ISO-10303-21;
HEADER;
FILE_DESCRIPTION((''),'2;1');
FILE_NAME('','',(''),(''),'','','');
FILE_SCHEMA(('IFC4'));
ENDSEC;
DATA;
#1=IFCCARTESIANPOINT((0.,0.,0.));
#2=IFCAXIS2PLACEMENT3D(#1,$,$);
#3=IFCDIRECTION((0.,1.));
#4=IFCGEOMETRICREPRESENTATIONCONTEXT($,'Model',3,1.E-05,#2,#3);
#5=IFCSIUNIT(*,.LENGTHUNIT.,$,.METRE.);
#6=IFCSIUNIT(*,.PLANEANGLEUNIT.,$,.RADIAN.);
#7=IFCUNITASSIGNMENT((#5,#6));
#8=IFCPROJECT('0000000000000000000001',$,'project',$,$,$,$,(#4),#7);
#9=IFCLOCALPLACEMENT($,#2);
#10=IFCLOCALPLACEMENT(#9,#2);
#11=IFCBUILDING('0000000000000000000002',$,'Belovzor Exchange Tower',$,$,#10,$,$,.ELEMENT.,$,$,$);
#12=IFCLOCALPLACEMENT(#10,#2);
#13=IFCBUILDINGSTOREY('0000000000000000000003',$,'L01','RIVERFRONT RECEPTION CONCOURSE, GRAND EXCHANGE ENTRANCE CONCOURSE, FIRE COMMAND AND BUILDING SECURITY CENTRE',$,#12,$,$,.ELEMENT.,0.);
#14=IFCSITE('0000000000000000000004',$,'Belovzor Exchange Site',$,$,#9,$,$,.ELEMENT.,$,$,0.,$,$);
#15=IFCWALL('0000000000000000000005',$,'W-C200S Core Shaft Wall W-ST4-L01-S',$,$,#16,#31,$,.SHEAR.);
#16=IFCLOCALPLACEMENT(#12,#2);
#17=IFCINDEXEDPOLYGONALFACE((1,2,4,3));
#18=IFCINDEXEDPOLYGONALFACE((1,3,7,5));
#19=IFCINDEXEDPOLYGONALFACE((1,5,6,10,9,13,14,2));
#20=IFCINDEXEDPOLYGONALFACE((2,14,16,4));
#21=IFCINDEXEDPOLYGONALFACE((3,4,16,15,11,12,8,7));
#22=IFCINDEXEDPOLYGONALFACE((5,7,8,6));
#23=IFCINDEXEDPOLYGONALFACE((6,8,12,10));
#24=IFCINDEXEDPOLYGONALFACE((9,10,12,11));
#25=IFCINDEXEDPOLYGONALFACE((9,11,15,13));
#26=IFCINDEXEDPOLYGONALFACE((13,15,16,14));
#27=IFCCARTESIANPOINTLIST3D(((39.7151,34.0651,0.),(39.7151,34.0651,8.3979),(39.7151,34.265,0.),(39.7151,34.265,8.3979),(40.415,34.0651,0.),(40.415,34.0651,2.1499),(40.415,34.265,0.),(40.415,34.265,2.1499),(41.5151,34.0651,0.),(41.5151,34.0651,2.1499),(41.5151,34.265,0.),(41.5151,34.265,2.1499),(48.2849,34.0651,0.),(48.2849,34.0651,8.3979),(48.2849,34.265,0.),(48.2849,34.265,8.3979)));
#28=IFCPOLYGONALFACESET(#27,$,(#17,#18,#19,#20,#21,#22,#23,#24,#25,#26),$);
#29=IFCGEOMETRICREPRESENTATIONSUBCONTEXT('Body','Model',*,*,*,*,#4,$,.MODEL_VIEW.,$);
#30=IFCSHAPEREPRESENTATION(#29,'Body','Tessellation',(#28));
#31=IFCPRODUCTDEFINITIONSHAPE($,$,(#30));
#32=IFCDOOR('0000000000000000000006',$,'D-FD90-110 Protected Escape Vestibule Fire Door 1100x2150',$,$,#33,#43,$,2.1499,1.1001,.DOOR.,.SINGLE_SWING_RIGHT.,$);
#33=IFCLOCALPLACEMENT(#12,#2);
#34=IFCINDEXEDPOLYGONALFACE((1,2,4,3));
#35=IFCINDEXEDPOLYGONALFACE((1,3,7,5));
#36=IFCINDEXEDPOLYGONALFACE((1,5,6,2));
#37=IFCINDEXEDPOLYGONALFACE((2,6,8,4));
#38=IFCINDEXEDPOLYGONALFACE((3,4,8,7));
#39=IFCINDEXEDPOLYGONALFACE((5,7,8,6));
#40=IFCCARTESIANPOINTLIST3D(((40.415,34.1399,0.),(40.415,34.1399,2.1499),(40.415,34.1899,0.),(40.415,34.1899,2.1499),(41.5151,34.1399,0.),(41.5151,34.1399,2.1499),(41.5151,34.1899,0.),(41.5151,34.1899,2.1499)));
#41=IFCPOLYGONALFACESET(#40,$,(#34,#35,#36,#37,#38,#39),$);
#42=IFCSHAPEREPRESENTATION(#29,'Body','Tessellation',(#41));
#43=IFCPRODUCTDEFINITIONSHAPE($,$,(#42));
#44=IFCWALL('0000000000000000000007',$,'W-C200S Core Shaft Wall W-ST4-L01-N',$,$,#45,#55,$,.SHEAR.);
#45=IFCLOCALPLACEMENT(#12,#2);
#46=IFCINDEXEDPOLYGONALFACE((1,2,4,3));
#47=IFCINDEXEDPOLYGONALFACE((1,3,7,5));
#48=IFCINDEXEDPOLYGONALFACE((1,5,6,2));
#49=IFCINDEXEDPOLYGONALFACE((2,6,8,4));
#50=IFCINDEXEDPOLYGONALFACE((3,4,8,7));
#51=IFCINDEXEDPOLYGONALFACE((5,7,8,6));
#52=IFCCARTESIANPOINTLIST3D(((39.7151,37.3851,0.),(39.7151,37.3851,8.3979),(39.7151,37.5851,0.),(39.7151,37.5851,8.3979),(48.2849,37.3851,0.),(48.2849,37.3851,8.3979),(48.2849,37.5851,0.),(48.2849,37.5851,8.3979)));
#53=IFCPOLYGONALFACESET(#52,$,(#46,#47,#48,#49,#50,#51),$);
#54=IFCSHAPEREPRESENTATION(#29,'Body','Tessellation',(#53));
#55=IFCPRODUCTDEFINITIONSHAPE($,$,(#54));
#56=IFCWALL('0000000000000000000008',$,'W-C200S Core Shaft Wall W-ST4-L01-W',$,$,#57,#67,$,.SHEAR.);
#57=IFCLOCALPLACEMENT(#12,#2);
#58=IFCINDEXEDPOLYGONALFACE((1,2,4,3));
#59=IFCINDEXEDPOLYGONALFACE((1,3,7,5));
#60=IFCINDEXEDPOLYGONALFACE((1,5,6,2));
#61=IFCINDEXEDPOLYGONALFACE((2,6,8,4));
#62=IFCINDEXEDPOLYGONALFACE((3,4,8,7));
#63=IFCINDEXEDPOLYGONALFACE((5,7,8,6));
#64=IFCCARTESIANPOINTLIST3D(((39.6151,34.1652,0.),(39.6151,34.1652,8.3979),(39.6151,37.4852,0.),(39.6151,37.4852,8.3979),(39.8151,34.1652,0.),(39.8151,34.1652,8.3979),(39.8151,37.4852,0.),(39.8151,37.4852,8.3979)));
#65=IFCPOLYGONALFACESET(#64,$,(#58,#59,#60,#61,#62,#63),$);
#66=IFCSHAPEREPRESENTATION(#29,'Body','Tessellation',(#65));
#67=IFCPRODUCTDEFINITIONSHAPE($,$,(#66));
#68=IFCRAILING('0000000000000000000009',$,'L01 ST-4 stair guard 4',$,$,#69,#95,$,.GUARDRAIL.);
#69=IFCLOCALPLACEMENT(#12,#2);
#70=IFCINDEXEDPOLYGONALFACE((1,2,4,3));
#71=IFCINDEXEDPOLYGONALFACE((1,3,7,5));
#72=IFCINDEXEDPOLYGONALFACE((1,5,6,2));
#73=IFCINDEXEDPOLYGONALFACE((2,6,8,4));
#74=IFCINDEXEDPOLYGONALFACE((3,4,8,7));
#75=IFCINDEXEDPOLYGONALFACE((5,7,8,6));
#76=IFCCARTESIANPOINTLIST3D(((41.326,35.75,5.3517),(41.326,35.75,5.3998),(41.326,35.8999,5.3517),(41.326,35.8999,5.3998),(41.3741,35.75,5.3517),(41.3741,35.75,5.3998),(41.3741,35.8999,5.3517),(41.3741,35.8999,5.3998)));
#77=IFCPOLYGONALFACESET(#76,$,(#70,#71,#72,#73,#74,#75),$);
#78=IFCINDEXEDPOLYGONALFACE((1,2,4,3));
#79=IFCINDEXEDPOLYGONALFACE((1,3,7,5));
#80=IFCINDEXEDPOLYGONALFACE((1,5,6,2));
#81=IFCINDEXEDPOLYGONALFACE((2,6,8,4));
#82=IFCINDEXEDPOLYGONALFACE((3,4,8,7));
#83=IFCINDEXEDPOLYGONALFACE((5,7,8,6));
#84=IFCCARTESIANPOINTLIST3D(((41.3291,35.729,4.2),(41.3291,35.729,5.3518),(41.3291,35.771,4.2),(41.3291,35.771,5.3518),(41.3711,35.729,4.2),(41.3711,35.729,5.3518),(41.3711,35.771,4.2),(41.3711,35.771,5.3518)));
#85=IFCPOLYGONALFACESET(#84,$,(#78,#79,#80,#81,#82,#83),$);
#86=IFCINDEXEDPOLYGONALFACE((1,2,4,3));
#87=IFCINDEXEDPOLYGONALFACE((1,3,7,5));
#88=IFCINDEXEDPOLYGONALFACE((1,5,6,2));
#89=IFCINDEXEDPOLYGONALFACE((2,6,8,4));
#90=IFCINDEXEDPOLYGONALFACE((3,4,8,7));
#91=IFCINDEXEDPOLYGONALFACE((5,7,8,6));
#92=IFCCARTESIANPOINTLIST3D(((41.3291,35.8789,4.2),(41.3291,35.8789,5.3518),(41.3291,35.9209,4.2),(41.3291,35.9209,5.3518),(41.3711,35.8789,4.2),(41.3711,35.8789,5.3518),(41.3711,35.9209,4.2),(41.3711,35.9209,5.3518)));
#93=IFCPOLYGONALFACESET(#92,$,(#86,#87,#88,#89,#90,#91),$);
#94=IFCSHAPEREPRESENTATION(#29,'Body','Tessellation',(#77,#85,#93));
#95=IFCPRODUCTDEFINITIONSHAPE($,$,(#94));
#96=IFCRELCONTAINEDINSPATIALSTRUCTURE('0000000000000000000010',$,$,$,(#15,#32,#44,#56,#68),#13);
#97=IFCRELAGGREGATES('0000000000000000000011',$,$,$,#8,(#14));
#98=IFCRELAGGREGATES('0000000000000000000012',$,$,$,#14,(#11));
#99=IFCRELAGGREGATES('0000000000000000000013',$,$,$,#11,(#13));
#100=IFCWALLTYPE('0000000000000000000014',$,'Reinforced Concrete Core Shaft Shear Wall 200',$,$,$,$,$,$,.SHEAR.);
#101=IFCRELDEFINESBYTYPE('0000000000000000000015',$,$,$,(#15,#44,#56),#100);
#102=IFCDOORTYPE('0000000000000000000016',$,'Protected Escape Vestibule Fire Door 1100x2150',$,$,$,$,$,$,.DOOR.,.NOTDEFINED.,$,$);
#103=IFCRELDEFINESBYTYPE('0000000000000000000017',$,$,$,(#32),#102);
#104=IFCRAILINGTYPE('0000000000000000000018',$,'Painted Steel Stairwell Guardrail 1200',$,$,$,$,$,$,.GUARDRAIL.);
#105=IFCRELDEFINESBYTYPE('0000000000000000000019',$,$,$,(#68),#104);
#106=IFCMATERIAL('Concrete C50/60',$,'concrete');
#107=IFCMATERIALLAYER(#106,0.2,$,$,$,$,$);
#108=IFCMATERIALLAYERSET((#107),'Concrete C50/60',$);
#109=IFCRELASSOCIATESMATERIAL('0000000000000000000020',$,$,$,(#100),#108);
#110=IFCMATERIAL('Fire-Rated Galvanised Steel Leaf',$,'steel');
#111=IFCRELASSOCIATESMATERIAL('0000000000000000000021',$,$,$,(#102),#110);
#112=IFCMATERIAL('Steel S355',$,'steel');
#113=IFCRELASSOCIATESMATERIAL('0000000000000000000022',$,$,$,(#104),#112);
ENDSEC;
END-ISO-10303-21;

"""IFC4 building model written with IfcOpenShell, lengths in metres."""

from ifc_helpers import new_model, si_unit, direction, frame, frame_2d, origin, origin_2d, place, context, subcontext, project, spatial, rectangle, extrude, material, layer, layer_set, type_object, element, fill, save


model = new_model("IFC4")

# Units and contexts
model_context = context("Model", 3, precision=1e-05, world=origin(), true_north=direction((0.0, 1.0)))
body_context = subcontext(model_context, "Body", "Model", "MODEL_VIEW")
ifc_project = project(units=[si_unit("LENGTHUNIT", "METRE"), si_unit("PLANEANGLEUNIT", "RADIAN")], contexts=[model_context])

# Site, building, storey
site_placement = place(None, origin())
site = spatial("IfcSite", under=ifc_project, at=site_placement, Name="Belovzor Exchange Site", CompositionType="ELEMENT", RefElevation=0.0)
building_placement = place(site_placement, origin())
building = spatial("IfcBuilding", under=site, at=building_placement, Name="Belovzor Exchange Tower", CompositionType="ELEMENT")
storey_placement = place(building_placement, origin())
storey = spatial("IfcBuildingStorey", under=building, at=storey_placement, Name="L01", Description="RIVERFRONT RECEPTION CONCOURSE, GRAND EXCHANGE ENTRANCE CONCOURSE, FIRE COMMAND AND BUILDING SECURITY CENTRE", CompositionType="ELEMENT", Elevation=0.0)

# Wall, opening, door
ifc_material_1 = material(Name="Concrete C50/60", Category="concrete")
ifc_layer_1 = layer(ifc_material_1, 0.2)
ifc_layer_set_1 = layer_set([ifc_layer_1], Name="Concrete C50/60")
wall_type_1 = type_object("IfcWallType", Name="Reinforced Concrete Core Shaft Shear Wall 200", PredefinedType="SHEAR", material=ifc_layer_set_1)
wall_1_placement = place(storey_placement, frame((39.7151, 34.165, 0.0), z_axis=(0.0, 0.0, 1.0), x_axis=(1.0, 0.0, 0.0)))
wall_1 = element("IfcWall", 1, at=wall_1_placement, inside=storey, type_object=wall_type_1, Name="W-C200S Core Shaft Wall W-ST4-L01-S", PredefinedType="SHEAR", context=body_context, shape_type="SweptSolid", body=[
    extrude(rectangle(XDim=8.5698, YDim=0.2, at=frame_2d((4.2849, 0.0))), origin(), (0.0, 0.0, 1.0), 8.3979),
])
opening_1_placement = place(wall_1_placement, frame((0.7, 0.0, 0.0)))
opening_1 = element("IfcOpeningElement", 2, at=opening_1_placement, cuts=wall_1, PredefinedType="OPENING", context=body_context, shape_type="SweptSolid", body=[
    extrude(rectangle(XDim=1.1001, YDim=2.1499, at=frame_2d((0.55, 1.075))), frame((0.0, 0.1099, 0.0), z_axis=(0.0, -1.0, 0.0), x_axis=(1.0, 0.0, 0.0)), (0.0, 0.0, 1.0), 0.22),
])
ifc_material_2 = material(Name="Fire-Rated Galvanised Steel Leaf", Category="steel")
door_type_1 = type_object("IfcDoorType", Name="Protected Escape Vestibule Fire Door 1100x2150", OperationType="NOTDEFINED", PredefinedType="DOOR", material=ifc_material_2)
door_1_placement = place(opening_1_placement, origin())
door_1 = element("IfcDoor", 3, at=door_1_placement, inside=storey, type_object=door_type_1, Name="D-FD90-110 Protected Escape Vestibule Fire Door 1100x2150", OperationType="SINGLE_SWING_RIGHT", OverallHeight=2.1499, OverallWidth=1.1001, PredefinedType="DOOR", context=body_context, shape_type="SweptSolid", body=[
    extrude(rectangle(XDim=1.1001, YDim=2.1499, at=frame_2d((0.55, 1.075))), frame((0.0, 0.0249, 0.0), z_axis=(0.0, -1.0, 0.0), x_axis=(1.0, 0.0, 0.0)), (0.0, 0.0, 1.0), 0.05),
])
fill(opening_1, door_1)

# Walls
wall_2_placement = place(storey_placement, frame((39.7151, 37.4851, 0.0), z_axis=(0.0, 0.0, 1.0), x_axis=(1.0, 0.0, 0.0)))
element("IfcWall", 4, at=wall_2_placement, inside=storey, type_object=wall_type_1, Name="W-C200S Core Shaft Wall W-ST4-L01-N", PredefinedType="SHEAR", context=body_context, shape_type="SweptSolid", body=[
    extrude(rectangle(XDim=8.5698, YDim=0.2, at=frame_2d((4.2849, 0.0))), origin(), (0.0, 0.0, 1.0), 8.3979),
])
wall_3_placement = place(storey_placement, frame((39.7151, 34.165, 0.0), z_axis=(0.0, 0.0, 1.0), x_axis=(0.0, 1.0, 0.0)))
element("IfcWall", 5, at=wall_3_placement, inside=storey, type_object=wall_type_1, Name="W-C200S Core Shaft Wall W-ST4-L01-W", PredefinedType="SHEAR", context=body_context, shape_type="SweptSolid", body=[
    extrude(rectangle(XDim=3.3201, YDim=0.2, at=frame_2d((1.6602, 0.0))), origin(), (0.0, 0.0, 1.0), 8.3979),
])

# Railing
ifc_material_3 = material(Name="Steel S355", Category="steel")
railing_type = type_object("IfcRailingType", Name="Painted Steel Stairwell Guardrail 1200", PredefinedType="GUARDRAIL", material=ifc_material_3)
railing_placement = place(storey_placement, frame((41.3501, 35.75, 4.2)))
element("IfcRailing", 6, at=railing_placement, inside=storey, type_object=railing_type, Name="L01 ST-4 stair guard 4", PredefinedType="GUARDRAIL", context=body_context, shape_type="SweptSolid", body=[
    extrude(rectangle(XDim=0.0481, YDim=0.0481, at=origin_2d()), frame((0.0, 0.0, 1.1758), z_axis=(0.0, 1.0, 0.0), x_axis=(-1.0, 0.0, 0.0)), (0.0, 0.0, 1.0), 0.1499),
    extrude(rectangle(XDim=0.042, YDim=0.042, at=origin_2d()), origin(), (0.0, 0.0, 1.0), 1.1519),
    extrude(rectangle(XDim=0.042, YDim=0.042, at=origin_2d()), frame((0.0, 0.1499, 0.0)), (0.0, 0.0, 1.0), 1.1519),
])

save(model, "model.ifc")
